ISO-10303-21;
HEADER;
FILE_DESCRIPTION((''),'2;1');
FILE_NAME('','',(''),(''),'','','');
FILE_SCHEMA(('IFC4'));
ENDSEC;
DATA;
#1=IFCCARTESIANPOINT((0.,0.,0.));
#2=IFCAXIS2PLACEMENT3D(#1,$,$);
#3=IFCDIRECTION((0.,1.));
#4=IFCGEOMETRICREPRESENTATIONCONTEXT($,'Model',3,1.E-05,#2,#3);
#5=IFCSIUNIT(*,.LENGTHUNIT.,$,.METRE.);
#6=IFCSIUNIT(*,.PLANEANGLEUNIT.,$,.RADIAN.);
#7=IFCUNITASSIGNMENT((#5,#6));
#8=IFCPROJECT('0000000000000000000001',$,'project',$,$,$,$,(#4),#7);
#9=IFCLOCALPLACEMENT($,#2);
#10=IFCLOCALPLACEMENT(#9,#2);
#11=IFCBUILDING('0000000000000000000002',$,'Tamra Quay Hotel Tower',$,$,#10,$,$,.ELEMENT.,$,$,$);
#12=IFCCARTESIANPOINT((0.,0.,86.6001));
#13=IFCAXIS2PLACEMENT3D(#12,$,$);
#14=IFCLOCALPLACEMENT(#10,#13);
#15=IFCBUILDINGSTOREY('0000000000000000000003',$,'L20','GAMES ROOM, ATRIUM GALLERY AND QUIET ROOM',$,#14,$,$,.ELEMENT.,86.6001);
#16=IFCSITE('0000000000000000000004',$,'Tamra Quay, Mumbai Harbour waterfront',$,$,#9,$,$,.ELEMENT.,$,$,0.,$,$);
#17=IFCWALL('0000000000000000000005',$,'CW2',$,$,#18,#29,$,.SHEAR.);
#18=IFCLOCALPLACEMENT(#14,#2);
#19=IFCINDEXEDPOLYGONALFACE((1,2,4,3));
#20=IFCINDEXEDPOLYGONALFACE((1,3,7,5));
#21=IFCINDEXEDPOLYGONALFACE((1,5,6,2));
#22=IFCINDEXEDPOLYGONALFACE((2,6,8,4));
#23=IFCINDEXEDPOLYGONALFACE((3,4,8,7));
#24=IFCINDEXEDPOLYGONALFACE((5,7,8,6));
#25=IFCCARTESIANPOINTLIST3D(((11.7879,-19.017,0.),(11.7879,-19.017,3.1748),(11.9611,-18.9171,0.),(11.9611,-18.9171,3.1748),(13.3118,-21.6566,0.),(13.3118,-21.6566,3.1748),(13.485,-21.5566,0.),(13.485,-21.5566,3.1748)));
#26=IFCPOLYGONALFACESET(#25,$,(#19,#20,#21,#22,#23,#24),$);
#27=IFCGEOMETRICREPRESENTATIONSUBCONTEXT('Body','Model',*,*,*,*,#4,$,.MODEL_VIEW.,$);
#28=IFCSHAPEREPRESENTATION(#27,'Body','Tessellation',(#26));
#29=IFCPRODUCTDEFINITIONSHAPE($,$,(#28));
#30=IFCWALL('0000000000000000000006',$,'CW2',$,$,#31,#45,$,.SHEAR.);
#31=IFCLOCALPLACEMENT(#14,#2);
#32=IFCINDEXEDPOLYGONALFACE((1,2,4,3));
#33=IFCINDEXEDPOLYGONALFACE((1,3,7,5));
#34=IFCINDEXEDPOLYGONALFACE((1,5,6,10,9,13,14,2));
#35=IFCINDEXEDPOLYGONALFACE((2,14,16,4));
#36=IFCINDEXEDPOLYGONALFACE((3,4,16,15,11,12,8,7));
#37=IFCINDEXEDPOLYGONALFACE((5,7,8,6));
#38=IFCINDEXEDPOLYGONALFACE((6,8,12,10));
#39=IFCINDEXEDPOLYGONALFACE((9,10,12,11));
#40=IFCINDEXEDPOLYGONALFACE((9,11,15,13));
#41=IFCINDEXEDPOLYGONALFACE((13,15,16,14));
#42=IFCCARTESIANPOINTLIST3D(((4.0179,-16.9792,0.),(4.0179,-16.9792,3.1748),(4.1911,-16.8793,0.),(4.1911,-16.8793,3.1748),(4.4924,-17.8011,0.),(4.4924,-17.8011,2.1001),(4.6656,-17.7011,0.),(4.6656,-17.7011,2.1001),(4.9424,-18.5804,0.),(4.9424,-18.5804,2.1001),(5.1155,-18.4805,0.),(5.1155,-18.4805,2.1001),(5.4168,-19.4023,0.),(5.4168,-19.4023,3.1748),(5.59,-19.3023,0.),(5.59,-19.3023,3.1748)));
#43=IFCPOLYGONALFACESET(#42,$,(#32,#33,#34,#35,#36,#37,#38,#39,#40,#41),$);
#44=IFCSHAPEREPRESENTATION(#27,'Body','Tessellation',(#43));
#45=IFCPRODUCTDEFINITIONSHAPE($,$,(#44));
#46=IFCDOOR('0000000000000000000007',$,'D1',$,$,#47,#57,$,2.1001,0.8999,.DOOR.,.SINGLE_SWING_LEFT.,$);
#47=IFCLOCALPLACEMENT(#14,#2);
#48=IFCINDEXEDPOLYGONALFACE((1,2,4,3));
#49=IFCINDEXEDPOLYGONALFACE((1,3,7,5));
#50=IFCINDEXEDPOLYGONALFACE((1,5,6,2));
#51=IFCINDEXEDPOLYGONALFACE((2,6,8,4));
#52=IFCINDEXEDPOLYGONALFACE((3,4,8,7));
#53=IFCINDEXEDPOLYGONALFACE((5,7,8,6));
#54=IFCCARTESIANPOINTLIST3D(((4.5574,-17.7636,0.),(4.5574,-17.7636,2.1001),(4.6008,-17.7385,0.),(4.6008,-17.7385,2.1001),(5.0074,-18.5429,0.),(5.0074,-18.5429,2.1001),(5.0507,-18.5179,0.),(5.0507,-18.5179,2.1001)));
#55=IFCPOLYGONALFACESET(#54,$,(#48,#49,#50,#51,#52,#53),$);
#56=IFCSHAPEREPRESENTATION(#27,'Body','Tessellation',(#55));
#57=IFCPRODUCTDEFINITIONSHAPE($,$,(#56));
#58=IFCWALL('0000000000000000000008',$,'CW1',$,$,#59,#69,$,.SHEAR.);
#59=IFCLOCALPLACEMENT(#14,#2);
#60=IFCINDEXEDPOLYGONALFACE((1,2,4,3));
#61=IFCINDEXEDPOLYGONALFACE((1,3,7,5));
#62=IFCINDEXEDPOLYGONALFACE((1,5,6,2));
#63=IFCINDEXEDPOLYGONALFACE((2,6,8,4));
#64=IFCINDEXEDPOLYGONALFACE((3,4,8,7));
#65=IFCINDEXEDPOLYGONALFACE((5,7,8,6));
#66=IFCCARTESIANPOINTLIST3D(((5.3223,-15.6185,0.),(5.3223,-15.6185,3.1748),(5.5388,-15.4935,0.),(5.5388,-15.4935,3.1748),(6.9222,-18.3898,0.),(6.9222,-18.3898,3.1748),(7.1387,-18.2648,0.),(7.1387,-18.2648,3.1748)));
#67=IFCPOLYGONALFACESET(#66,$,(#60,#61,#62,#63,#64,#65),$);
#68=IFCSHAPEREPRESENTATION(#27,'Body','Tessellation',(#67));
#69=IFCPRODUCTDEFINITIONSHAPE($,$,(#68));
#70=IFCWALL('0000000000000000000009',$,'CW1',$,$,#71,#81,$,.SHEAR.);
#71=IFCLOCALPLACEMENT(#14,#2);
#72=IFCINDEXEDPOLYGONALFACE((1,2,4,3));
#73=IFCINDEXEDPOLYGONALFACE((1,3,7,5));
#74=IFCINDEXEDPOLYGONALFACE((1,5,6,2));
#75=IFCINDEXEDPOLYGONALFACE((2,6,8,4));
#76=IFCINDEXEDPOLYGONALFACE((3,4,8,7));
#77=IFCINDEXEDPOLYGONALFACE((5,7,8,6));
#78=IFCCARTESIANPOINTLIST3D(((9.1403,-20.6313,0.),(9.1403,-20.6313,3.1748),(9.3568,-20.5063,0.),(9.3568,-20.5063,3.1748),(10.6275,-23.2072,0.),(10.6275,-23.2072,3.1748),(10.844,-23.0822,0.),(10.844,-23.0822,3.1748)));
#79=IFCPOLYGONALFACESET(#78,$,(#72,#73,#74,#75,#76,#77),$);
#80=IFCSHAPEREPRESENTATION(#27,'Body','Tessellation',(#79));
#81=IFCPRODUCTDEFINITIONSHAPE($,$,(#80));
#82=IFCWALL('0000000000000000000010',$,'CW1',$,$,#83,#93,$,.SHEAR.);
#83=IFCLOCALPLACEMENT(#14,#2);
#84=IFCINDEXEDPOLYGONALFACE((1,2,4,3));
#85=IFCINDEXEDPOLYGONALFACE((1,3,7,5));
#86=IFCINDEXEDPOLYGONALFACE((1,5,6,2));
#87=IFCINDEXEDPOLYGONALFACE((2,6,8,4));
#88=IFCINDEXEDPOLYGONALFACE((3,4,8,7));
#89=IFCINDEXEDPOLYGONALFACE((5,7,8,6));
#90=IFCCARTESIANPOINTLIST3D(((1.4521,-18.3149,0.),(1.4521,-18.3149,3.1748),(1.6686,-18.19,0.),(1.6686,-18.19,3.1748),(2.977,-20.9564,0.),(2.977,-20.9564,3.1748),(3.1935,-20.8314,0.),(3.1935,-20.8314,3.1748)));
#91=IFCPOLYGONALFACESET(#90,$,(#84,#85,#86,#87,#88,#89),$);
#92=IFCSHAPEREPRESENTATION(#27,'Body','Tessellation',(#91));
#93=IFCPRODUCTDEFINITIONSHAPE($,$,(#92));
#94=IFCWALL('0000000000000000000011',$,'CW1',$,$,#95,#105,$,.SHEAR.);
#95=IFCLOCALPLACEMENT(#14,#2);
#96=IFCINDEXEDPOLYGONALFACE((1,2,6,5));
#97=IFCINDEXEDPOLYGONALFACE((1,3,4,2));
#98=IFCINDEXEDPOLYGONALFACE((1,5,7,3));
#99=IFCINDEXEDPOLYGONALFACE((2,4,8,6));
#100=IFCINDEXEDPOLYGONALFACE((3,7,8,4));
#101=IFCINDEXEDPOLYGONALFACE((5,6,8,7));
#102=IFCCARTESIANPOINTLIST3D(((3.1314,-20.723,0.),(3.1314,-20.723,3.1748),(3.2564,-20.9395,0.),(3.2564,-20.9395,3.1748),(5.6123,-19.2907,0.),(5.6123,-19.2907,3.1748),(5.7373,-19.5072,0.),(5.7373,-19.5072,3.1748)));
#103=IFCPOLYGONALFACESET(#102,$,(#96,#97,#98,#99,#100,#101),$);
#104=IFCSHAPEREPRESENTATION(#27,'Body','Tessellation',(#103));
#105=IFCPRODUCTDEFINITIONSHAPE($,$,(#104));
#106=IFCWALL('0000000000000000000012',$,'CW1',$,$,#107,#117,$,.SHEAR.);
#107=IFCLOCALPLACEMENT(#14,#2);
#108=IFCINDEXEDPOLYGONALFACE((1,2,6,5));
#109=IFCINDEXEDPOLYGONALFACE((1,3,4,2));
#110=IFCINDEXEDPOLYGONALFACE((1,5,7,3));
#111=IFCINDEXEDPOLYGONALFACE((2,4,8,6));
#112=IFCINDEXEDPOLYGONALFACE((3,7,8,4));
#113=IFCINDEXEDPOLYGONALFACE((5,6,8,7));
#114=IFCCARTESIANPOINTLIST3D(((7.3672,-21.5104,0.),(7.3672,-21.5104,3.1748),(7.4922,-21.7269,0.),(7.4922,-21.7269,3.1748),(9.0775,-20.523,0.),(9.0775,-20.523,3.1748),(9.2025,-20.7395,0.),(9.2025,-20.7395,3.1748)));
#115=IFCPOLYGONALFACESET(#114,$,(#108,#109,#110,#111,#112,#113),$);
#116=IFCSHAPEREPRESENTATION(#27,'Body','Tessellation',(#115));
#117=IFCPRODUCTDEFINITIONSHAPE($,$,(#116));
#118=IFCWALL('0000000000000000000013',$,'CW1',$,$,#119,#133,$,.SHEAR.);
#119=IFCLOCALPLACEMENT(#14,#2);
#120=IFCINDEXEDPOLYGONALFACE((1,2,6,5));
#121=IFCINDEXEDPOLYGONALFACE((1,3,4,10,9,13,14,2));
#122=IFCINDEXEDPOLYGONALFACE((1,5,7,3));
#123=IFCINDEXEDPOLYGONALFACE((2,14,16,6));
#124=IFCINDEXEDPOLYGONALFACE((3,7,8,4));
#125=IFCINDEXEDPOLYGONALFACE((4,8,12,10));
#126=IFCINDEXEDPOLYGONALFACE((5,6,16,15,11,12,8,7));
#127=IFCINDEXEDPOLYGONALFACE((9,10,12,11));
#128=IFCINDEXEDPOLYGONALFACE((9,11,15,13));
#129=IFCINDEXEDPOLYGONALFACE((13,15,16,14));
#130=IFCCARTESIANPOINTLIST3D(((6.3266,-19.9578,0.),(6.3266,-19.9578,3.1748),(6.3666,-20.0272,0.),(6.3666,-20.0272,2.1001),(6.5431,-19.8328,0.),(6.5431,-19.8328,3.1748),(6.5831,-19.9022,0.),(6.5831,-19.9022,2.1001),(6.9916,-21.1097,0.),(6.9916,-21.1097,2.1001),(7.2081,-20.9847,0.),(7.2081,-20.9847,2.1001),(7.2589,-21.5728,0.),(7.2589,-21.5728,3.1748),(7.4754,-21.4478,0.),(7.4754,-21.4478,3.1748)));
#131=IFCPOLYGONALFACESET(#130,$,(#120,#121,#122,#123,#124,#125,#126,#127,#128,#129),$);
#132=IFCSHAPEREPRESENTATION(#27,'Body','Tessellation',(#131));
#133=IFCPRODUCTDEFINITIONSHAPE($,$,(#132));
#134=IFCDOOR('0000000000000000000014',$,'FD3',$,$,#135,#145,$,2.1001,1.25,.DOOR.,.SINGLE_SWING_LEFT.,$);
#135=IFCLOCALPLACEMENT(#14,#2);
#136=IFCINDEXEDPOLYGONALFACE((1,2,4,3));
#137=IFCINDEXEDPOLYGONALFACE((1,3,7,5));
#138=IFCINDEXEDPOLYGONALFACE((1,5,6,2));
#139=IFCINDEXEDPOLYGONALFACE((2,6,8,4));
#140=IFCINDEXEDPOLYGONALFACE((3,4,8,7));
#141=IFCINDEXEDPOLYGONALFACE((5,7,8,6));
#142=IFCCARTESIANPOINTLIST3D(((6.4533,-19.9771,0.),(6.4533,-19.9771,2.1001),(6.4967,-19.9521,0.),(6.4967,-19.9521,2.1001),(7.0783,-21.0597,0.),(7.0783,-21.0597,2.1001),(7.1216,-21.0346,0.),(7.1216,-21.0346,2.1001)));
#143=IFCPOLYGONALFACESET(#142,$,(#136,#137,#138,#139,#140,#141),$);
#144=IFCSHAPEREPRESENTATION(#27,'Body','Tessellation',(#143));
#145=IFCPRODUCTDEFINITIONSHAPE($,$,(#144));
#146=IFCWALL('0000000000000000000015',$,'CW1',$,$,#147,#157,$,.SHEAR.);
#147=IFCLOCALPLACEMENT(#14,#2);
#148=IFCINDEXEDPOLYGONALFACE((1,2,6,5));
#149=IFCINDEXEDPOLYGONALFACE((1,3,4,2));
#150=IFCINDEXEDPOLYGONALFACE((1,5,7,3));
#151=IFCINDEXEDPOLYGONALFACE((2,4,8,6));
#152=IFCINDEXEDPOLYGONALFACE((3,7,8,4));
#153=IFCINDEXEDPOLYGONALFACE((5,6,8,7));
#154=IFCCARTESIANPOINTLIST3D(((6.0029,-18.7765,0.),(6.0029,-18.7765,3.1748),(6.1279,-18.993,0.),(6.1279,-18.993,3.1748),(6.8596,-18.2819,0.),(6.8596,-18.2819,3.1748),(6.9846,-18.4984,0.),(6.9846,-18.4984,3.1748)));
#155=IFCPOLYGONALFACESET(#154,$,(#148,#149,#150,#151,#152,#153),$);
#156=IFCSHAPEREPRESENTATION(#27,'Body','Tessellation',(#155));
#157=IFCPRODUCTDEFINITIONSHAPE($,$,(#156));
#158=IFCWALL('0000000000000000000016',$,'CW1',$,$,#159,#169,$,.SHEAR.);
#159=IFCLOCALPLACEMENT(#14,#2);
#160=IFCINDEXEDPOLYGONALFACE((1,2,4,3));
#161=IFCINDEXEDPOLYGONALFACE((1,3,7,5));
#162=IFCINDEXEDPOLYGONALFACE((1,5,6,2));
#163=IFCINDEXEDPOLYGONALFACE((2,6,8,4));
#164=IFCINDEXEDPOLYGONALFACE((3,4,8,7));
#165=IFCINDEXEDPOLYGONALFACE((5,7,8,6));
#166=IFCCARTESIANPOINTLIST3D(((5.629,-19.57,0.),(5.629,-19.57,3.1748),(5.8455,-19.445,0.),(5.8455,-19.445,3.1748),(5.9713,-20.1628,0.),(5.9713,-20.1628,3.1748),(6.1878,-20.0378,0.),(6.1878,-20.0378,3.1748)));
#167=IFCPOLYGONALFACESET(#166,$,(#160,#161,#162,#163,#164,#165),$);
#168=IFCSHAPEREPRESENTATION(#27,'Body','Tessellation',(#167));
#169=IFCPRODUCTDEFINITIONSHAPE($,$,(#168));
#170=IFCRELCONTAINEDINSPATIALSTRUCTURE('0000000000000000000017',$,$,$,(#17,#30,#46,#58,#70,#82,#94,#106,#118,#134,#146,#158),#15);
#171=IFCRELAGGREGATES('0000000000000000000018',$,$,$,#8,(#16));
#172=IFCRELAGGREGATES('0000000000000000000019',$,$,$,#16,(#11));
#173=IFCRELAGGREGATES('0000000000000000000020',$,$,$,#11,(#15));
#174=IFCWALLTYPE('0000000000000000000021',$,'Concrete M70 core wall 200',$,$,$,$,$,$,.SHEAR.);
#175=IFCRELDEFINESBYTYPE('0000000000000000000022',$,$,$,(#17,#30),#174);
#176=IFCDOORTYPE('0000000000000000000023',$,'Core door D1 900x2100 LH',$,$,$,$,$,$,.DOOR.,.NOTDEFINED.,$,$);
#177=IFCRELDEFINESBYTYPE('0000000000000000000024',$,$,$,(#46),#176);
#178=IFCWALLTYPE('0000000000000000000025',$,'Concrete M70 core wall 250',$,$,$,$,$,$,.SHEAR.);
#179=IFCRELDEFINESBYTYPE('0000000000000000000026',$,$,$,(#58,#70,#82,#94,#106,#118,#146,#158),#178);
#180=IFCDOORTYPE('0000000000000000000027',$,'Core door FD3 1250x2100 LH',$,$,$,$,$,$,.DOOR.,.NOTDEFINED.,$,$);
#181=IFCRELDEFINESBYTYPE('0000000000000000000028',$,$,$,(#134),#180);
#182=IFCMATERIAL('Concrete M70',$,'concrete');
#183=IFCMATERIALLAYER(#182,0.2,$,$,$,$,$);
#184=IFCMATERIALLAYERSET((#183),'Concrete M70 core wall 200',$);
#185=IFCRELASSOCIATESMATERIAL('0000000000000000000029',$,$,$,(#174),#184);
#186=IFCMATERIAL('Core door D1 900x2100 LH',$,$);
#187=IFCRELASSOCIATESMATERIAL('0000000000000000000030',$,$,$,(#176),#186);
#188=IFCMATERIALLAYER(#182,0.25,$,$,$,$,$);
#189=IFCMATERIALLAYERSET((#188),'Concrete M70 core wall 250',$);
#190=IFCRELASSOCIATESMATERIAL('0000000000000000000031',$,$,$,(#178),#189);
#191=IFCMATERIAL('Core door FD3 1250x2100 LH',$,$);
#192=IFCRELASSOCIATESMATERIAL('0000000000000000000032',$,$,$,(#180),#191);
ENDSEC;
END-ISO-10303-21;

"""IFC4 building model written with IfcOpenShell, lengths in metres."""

from ifc_helpers import new_model, si_unit, direction, frame, frame_2d, origin, place, context, subcontext, project, spatial, rectangle, extrude, material, layer, layer_set, type_object, element, fill, save


model = new_model("IFC4")

# Units and contexts
model_context = context("Model", 3, precision=1e-05, world=origin(), true_north=direction((0.0, 1.0)))
body_context = subcontext(model_context, "Body", "Model", "MODEL_VIEW")
ifc_project = project(units=[si_unit("LENGTHUNIT", "METRE"), si_unit("PLANEANGLEUNIT", "RADIAN")], contexts=[model_context])

# Site, building, storey
site_placement = place(None, origin())
site = spatial("IfcSite", under=ifc_project, at=site_placement, Name="Tamra Quay, Mumbai Harbour waterfront", CompositionType="ELEMENT", RefElevation=0.0)
building_placement = place(site_placement, origin())
building = spatial("IfcBuilding", under=site, at=building_placement, Name="Tamra Quay Hotel Tower", CompositionType="ELEMENT")
storey_placement = place(building_placement, frame((0.0, 0.0, 86.6001)))
storey = spatial("IfcBuildingStorey", under=building, at=storey_placement, Name="L20", Description="GAMES ROOM, ATRIUM GALLERY AND QUIET ROOM", CompositionType="ELEMENT", Elevation=86.6001)

# Shared definitions
ifc_material_1 = material(Name="Concrete M70", Category="concrete")

# Shared definitions
ifc_layer_1 = layer(ifc_material_1, 0.2)
ifc_layer_set_1 = layer_set([ifc_layer_1], Name="Concrete M70 core wall 200")
wall_type_1 = type_object("IfcWallType", Name="Concrete M70 core wall 200", PredefinedType="SHEAR", material=ifc_layer_set_1)

# Wall
wall_1_placement = place(storey_placement, frame((11.8745, -18.967, 0.0), z_axis=(0.0, 0.0, 1.0), x_axis=(0.499981, -0.866036, 0.0)))
element("IfcWall", 1, at=wall_1_placement, inside=storey, type_object=wall_type_1, Name="CW2", PredefinedType="SHEAR", context=body_context, shape_type="SweptSolid", body=[
    extrude(rectangle(XDim=3.0479, YDim=0.2, at=frame_2d((1.5239, 0.0))), origin(), (0.0, 0.0, 1.0), 3.1748),
])

# Wall, opening, door
wall_2_placement = place(storey_placement, frame((5.5034, -19.3523, 0.0), z_axis=(0.0, 0.0, 1.0), x_axis=(-0.499987, 0.866033, 0.0)))
wall_2 = element("IfcWall", 2, at=wall_2_placement, inside=storey, type_object=wall_type_1, Name="CW2", PredefinedType="SHEAR", context=body_context, shape_type="SweptSolid", body=[
    extrude(rectangle(XDim=2.7979, YDim=0.2, at=frame_2d((1.3989, 0.0))), origin(), (0.0, 0.0, 1.0), 3.1748),
])
opening_1_placement = place(wall_2_placement, frame((0.949, 0.0, 0.0)))
opening_1 = element("IfcOpeningElement", 3, at=opening_1_placement, cuts=wall_2, PredefinedType="OPENING", context=body_context, shape_type="SweptSolid", body=[
    extrude(rectangle(XDim=0.8999, YDim=2.1001, at=frame_2d((0.45, 1.05))), frame((0.0, 0.1099, 0.0), z_axis=(0.0, -1.0, 0.0), x_axis=(1.0, 0.0, 0.0)), (0.0, 0.0, 1.0), 0.22),
])
ifc_material_2 = material(Name="Core door D1 900x2100 LH")
door_type_1 = type_object("IfcDoorType", Name="Core door D1 900x2100 LH", OperationType="NOTDEFINED", PredefinedType="DOOR", material=ifc_material_2)
door_1_placement = place(opening_1_placement, origin())
door_1 = element("IfcDoor", 4, at=door_1_placement, inside=storey, type_object=door_type_1, Name="D1", OperationType="SINGLE_SWING_LEFT", OverallHeight=2.1001, OverallWidth=0.8999, PredefinedType="DOOR", context=body_context, shape_type="SweptSolid", body=[
    extrude(rectangle(XDim=0.8999, YDim=2.1001, at=frame_2d((0.45, 1.05))), frame((0.0, 0.0249, 0.0), z_axis=(0.0, -1.0, 0.0), x_axis=(1.0, 0.0, 0.0)), (0.0, 0.0, 1.0), 0.05),
])
fill(opening_1, door_1)

# Walls
ifc_layer_2 = layer(ifc_material_1, 0.25)
ifc_layer_set_2 = layer_set([ifc_layer_2], Name="Concrete M70 core wall 250")
wall_type_2 = type_object("IfcWallType", Name="Concrete M70 core wall 250", PredefinedType="SHEAR", material=ifc_layer_set_2)
wall_3_placement = place(storey_placement, frame((7.0305, -18.3274, 0.0), z_axis=(0.0, 0.0, 1.0), x_axis=(-0.499971, 0.866042, 0.0)))
element("IfcWall", 5, at=wall_3_placement, inside=storey, type_object=wall_type_2, Name="CW1", PredefinedType="SHEAR", context=body_context, shape_type="SweptSolid", body=[
    extrude(rectangle(XDim=3.2, YDim=0.25, at=frame_2d((1.6001, 0.0))), origin(), (0.0, 0.0, 1.0), 3.1748),
])
wall_4_placement = place(storey_placement, frame((10.7358, -23.1448, 0.0), z_axis=(0.0, 0.0, 1.0), x_axis=(-0.500023, 0.866012, 0.0)))
element("IfcWall", 6, at=wall_4_placement, inside=storey, type_object=wall_type_2, Name="CW1", PredefinedType="SHEAR", context=body_context, shape_type="SweptSolid", body=[
    extrude(rectangle(XDim=2.9744, YDim=0.25, at=frame_2d((1.4873, 0.0))), origin(), (0.0, 0.0, 1.0), 3.1748),
])
wall_5_placement = place(storey_placement, frame((3.0852, -20.8938, 0.0), z_axis=(0.0, 0.0, 1.0), x_axis=(-0.499979, 0.866038, 0.0)))
element("IfcWall", 7, at=wall_5_placement, inside=storey, type_object=wall_type_2, Name="CW1", PredefinedType="SHEAR", context=body_context, shape_type="SweptSolid", body=[
    extrude(rectangle(XDim=3.05, YDim=0.25, at=frame_2d((1.5249, 0.0))), origin(), (0.0, 0.0, 1.0), 3.1748),
])
wall_6_placement = place(storey_placement, frame((5.6748, -19.3989, 0.0), z_axis=(0.0, 0.0, 1.0), x_axis=(-0.866027, -0.499998, 0.0)))
element("IfcWall", 8, at=wall_6_placement, inside=storey, type_object=wall_type_2, Name="CW1", PredefinedType="SHEAR", context=body_context, shape_type="SweptSolid", body=[
    extrude(rectangle(XDim=2.8647, YDim=0.25, at=frame_2d((1.4324, 0.0))), origin(), (0.0, 0.0, 1.0), 3.1748),
])
wall_7_placement = place(storey_placement, frame((9.1399, -20.6313, 0.0), z_axis=(0.0, 0.0, 1.0), x_axis=(-0.866044, -0.499969, 0.0)))
element("IfcWall", 9, at=wall_7_placement, inside=storey, type_object=wall_type_2, Name="CW1", PredefinedType="SHEAR", context=body_context, shape_type="SweptSolid", body=[
    extrude(rectangle(XDim=1.9749, YDim=0.25, at=frame_2d((0.9873, 0.0))), origin(), (0.0, 0.0, 1.0), 3.1748),
])

# Wall, opening, door
wall_8_placement = place(storey_placement, frame((7.3672, -21.5103, 0.0), z_axis=(0.0, 0.0, 1.0), x_axis=(-0.499983, 0.866035, 0.0)))
wall_8 = element("IfcWall", 10, at=wall_8_placement, inside=storey, type_object=wall_type_2, Name="CW1", PredefinedType="SHEAR", context=body_context, shape_type="SweptSolid", body=[
    extrude(rectangle(XDim=1.8647, YDim=0.25, at=frame_2d((0.9324, 0.0))), origin(), (0.0, 0.0, 1.0), 3.1748),
])
opening_2_placement = place(wall_8_placement, frame((0.5347, 0.0, 0.0)))
opening_2 = element("IfcOpeningElement", 11, at=opening_2_placement, cuts=wall_8, PredefinedType="OPENING", context=body_context, shape_type="SweptSolid", body=[
    extrude(rectangle(XDim=1.25, YDim=2.1001, at=frame_2d((0.625, 1.05))), frame((0.0, 0.135, 0.0), z_axis=(0.0, -1.0, 0.0), x_axis=(1.0, 0.0, 0.0)), (0.0, 0.0, 1.0), 0.27),
])
ifc_material_3 = material(Name="Core door FD3 1250x2100 LH")
door_type_2 = type_object("IfcDoorType", Name="Core door FD3 1250x2100 LH", OperationType="NOTDEFINED", PredefinedType="DOOR", material=ifc_material_3)
door_2_placement = place(opening_2_placement, origin())
door_2 = element("IfcDoor", 12, at=door_2_placement, inside=storey, type_object=door_type_2, Name="FD3", OperationType="SINGLE_SWING_LEFT", OverallHeight=2.1001, OverallWidth=1.25, PredefinedType="DOOR", context=body_context, shape_type="SweptSolid", body=[
    extrude(rectangle(XDim=1.25, YDim=2.1001, at=frame_2d((0.625, 1.05))), frame((0.0, 0.0249, 0.0), z_axis=(0.0, -1.0, 0.0), x_axis=(1.0, 0.0, 0.0)), (0.0, 0.0, 1.0), 0.05),
])
fill(opening_2, door_2)

# Walls
wall_9_placement = place(storey_placement, frame((6.0654, -18.8848, 0.0), z_axis=(0.0, 0.0, 1.0), x_axis=(0.866017, 0.500014, 0.0)))
element("IfcWall", 13, at=wall_9_placement, inside=storey, type_object=wall_type_2, Name="CW1", PredefinedType="SHEAR", context=body_context, shape_type="SweptSolid", body=[
    extrude(rectangle(XDim=0.9893, YDim=0.25, at=frame_2d((0.4946, 0.0))), origin(), (0.0, 0.0, 1.0), 3.1748),
])
wall_10_placement = place(storey_placement, frame((6.0796, -20.1003, 0.0), z_axis=(0.0, 0.0, 1.0), x_axis=(-0.500052, 0.865996, 0.0)))
element("IfcWall", 14, at=wall_10_placement, inside=storey, type_object=wall_type_2, Name="CW1", PredefinedType="SHEAR", context=body_context, shape_type="SweptSolid", body=[
    extrude(rectangle(XDim=0.6846, YDim=0.25, at=frame_2d((0.3423, 0.0))), origin(), (0.0, 0.0, 1.0), 3.1748),
])

save(model, "model.ifc")
